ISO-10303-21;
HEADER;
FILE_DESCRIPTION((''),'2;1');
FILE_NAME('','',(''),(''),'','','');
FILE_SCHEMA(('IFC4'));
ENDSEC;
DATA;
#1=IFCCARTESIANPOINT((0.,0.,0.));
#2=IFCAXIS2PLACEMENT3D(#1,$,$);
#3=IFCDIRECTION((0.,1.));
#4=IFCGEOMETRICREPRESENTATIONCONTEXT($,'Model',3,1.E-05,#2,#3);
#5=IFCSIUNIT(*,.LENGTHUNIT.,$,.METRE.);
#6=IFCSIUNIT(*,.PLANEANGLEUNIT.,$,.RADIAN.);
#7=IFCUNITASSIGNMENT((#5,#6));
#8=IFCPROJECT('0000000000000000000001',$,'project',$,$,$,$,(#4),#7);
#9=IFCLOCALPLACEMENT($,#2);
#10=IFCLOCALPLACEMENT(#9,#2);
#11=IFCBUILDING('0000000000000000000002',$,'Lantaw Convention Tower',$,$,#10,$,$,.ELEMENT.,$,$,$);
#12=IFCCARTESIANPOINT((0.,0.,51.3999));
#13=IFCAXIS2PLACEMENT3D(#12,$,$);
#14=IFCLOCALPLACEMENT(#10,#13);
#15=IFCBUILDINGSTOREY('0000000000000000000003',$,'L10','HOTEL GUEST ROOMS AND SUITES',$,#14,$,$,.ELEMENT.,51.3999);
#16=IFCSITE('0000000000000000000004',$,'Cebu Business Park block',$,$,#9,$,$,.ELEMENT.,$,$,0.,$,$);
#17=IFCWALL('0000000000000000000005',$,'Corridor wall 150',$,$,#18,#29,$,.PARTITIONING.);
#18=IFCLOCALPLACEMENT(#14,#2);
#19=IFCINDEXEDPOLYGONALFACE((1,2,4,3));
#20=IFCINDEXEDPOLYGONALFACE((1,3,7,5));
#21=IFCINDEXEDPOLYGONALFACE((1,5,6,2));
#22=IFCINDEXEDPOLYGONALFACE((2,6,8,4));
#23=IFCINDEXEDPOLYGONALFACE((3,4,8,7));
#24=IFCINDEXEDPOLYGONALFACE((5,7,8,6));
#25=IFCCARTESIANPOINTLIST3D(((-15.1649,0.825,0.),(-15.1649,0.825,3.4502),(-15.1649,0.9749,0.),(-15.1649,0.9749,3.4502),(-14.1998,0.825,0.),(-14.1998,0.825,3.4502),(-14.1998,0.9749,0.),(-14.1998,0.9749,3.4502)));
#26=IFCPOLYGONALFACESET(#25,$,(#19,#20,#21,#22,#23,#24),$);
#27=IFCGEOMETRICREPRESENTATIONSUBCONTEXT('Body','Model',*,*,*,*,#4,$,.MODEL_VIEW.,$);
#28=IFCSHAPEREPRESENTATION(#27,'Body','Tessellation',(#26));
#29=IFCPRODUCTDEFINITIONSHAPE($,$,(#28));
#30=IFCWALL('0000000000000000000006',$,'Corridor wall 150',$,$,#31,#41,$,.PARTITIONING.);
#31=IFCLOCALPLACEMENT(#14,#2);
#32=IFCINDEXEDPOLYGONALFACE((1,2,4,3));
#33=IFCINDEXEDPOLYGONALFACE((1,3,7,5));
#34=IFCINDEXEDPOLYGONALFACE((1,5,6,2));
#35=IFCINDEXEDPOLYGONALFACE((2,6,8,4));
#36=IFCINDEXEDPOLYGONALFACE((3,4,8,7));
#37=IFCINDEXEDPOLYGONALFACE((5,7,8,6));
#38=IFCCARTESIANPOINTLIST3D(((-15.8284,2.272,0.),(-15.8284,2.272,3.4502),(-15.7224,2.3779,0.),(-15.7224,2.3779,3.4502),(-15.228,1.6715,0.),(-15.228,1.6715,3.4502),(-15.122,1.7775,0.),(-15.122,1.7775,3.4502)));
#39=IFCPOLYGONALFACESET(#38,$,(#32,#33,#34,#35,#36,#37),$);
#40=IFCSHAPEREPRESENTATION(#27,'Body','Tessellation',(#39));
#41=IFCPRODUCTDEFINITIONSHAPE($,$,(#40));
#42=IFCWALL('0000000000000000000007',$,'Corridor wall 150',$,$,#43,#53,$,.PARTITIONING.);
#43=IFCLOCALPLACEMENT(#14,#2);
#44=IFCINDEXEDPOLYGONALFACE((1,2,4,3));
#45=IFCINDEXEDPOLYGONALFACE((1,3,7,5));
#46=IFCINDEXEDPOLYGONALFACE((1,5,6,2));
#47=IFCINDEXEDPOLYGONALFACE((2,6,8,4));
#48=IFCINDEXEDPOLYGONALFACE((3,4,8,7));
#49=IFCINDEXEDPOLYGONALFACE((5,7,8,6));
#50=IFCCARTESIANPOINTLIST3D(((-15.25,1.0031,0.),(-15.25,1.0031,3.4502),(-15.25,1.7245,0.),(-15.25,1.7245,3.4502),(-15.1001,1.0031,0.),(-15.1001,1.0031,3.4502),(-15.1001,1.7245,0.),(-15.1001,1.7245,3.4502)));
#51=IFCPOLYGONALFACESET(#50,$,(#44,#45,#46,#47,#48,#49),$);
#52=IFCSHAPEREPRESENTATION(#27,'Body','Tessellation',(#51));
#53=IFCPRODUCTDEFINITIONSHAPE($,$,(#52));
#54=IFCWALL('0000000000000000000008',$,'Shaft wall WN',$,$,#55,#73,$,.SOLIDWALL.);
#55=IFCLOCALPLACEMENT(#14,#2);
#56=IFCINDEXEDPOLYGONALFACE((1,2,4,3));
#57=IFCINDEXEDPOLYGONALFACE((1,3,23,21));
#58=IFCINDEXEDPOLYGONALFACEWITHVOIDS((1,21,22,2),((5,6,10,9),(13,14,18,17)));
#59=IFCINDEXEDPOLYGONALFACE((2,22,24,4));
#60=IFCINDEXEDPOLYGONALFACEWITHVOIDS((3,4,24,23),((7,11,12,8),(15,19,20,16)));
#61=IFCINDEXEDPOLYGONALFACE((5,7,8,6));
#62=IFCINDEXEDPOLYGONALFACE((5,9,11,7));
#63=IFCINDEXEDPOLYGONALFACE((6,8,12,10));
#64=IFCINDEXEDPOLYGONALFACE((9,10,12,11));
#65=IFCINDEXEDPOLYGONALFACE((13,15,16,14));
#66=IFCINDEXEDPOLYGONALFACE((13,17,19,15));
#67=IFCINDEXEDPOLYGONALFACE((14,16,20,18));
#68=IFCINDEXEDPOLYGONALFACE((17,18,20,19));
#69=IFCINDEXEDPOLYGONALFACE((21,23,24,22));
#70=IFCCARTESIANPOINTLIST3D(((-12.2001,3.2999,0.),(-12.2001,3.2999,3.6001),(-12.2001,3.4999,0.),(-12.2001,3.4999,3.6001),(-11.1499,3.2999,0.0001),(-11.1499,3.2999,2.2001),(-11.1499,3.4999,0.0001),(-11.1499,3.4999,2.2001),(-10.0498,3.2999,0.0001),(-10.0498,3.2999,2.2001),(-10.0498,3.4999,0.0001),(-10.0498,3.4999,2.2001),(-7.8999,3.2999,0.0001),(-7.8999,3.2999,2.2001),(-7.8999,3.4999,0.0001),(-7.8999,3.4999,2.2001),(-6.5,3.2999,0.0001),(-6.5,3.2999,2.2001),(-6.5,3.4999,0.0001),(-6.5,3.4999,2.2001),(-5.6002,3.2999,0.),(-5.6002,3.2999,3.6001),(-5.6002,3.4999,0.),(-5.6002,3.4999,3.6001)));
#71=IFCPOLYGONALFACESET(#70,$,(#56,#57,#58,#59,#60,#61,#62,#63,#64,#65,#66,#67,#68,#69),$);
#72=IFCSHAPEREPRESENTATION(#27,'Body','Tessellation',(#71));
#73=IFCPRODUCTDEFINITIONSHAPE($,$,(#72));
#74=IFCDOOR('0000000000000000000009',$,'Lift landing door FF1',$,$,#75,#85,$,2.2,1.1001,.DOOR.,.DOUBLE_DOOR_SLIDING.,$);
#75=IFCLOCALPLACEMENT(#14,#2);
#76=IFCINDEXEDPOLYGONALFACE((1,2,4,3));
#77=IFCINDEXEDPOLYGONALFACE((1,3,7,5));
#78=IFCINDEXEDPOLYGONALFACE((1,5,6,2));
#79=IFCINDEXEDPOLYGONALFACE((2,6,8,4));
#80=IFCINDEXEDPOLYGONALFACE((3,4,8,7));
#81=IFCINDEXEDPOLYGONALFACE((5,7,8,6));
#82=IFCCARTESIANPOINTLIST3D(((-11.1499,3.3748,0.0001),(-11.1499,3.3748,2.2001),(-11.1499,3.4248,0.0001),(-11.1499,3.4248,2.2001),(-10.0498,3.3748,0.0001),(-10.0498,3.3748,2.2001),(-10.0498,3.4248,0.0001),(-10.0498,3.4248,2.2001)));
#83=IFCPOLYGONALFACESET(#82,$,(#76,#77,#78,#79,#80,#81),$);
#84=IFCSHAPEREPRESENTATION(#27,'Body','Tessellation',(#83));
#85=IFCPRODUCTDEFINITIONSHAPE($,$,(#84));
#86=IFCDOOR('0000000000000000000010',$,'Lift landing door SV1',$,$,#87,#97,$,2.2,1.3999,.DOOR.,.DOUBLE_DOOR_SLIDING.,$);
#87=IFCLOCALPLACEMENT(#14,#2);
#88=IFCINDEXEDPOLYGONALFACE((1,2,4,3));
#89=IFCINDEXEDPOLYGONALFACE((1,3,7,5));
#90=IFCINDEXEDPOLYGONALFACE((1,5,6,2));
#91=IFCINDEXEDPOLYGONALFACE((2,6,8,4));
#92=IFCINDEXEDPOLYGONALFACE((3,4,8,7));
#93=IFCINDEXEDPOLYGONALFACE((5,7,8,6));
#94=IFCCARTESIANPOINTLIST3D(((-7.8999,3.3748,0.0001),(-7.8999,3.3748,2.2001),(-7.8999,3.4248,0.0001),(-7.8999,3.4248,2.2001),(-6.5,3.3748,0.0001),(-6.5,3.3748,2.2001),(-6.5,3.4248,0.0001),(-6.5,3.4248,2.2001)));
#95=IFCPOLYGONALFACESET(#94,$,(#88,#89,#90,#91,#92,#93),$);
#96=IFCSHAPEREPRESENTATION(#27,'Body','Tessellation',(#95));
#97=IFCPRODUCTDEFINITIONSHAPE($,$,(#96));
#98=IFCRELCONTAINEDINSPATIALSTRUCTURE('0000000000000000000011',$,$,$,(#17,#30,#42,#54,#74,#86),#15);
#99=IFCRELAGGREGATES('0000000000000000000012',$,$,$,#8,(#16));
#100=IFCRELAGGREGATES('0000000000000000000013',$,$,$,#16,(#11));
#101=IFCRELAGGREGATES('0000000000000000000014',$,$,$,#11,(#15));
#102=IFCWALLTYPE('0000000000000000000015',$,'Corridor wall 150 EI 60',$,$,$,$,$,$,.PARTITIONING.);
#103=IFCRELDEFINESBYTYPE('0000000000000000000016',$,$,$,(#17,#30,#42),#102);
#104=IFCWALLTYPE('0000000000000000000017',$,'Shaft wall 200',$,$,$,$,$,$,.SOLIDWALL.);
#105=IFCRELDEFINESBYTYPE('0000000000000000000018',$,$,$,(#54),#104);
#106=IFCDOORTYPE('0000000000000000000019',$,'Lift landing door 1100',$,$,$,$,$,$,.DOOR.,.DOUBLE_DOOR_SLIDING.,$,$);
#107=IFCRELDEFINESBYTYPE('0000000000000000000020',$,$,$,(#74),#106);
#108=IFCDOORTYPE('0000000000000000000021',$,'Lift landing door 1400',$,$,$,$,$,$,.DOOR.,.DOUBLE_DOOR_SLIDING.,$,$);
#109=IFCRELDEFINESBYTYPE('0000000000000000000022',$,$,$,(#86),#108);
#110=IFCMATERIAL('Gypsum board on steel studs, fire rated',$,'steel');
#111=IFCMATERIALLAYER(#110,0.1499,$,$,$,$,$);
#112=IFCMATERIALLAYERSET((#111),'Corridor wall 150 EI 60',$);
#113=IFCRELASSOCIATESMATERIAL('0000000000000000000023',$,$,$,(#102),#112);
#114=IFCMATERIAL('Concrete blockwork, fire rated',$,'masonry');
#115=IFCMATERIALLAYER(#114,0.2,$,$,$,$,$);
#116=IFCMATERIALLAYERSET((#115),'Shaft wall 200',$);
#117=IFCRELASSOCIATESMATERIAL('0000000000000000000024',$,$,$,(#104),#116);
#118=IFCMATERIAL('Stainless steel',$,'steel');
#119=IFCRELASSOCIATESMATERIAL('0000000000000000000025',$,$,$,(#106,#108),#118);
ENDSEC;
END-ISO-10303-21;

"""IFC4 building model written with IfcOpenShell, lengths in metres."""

from ifc_helpers import new_model, si_unit, direction, frame, frame_2d, origin, place, context, subcontext, project, spatial, rectangle, extrude, material, layer, layer_set, type_object, element, fill, save


model = new_model("IFC4")

# Units and contexts
model_context = context("Model", 3, precision=1e-05, world=origin(), true_north=direction((0.0, 1.0)))
body_context = subcontext(model_context, "Body", "Model", "MODEL_VIEW")
ifc_project = project(units=[si_unit("LENGTHUNIT", "METRE"), si_unit("PLANEANGLEUNIT", "RADIAN")], contexts=[model_context])

# Site, building, storey
site_placement = place(None, origin())
site = spatial("IfcSite", under=ifc_project, at=site_placement, Name="Cebu Business Park block", CompositionType="ELEMENT", RefElevation=0.0)
building_placement = place(site_placement, origin())
building = spatial("IfcBuilding", under=site, at=building_placement, Name="Lantaw Convention Tower", CompositionType="ELEMENT")
storey_placement = place(building_placement, frame((0.0, 0.0, 51.3999)))
storey = spatial("IfcBuildingStorey", under=building, at=storey_placement, Name="L10", Description="HOTEL GUEST ROOMS AND SUITES", CompositionType="ELEMENT", Elevation=51.3999)

# Shared definitions
ifc_material_1 = material(Name="Gypsum board on steel studs, fire rated", Category="steel")
ifc_layer_1 = layer(ifc_material_1, 0.1499)
ifc_layer_set_1 = layer_set([ifc_layer_1], Name="Corridor wall 150 EI 60")
wall_type_1 = type_object("IfcWallType", Name="Corridor wall 150 EI 60", PredefinedType="PARTITIONING", material=ifc_layer_set_1)

# Walls
wall_1_placement = place(storey_placement, frame((-14.2, 0.8999, 0.0), z_axis=(0.0, 0.0, 1.0), x_axis=(-1.0, 0.0, 0.0)))
element("IfcWall", 1, at=wall_1_placement, inside=storey, type_object=wall_type_1, Name="Corridor wall 150", PredefinedType="PARTITIONING", context=body_context, shape_type="SweptSolid", body=[
    extrude(rectangle(XDim=0.9651, YDim=0.1499, at=frame_2d((0.4824, 0.0))), origin(), (0.0, 0.0, 1.0), 3.4502),
])
wall_2_placement = place(storey_placement, frame((-15.7754, 2.325, 0.0), z_axis=(0.0, 0.0, 1.0), x_axis=(0.707107, -0.707107, 0.0)))
element("IfcWall", 2, at=wall_2_placement, inside=storey, type_object=wall_type_1, Name="Corridor wall 150", PredefinedType="PARTITIONING", context=body_context, shape_type="SweptSolid", body=[
    extrude(rectangle(XDim=0.8491, YDim=0.1499, at=frame_2d((0.4246, 0.0))), origin(), (0.0, 0.0, 1.0), 3.4502),
])
wall_3_placement = place(storey_placement, frame((-15.175, 1.7246, 0.0), z_axis=(0.0, 0.0, 1.0), x_axis=(0.0, -1.0, 0.0)))
element("IfcWall", 3, at=wall_3_placement, inside=storey, type_object=wall_type_1, Name="Corridor wall 150", PredefinedType="PARTITIONING", context=body_context, shape_type="SweptSolid", body=[
    extrude(rectangle(XDim=0.7214, YDim=0.1499, at=frame_2d((0.3608, 0.0))), origin(), (0.0, 0.0, 1.0), 3.4502),
])

# Wall, openings, doors
ifc_material_2 = material(Name="Concrete blockwork, fire rated", Category="masonry")
ifc_layer_2 = layer(ifc_material_2, 0.2)
ifc_layer_set_2 = layer_set([ifc_layer_2], Name="Shaft wall 200")
wall_type_2 = type_object("IfcWallType", Name="Shaft wall 200", PredefinedType="SOLIDWALL", material=ifc_layer_set_2)
wall_4_placement = place(storey_placement, frame((-12.2, 3.3999, 0.0), z_axis=(0.0, 0.0, 1.0), x_axis=(1.0, 0.0, 0.0)))
wall_4 = element("IfcWall", 4, at=wall_4_placement, inside=storey, type_object=wall_type_2, Name="Shaft wall WN", PredefinedType="SOLIDWALL", context=body_context, shape_type="SweptSolid", body=[
    extrude(rectangle(XDim=6.5999, YDim=0.2, at=frame_2d((3.2998, 0.0))), origin(), (0.0, 0.0, 1.0), 3.6001),
])
opening_1_placement = place(wall_4_placement, frame((1.05, 0.0, 0.0)))
opening_1 = element("IfcOpeningElement", 5, at=opening_1_placement, cuts=wall_4, PredefinedType="OPENING", context=body_context, shape_type="SweptSolid", body=[
    extrude(rectangle(XDim=1.1001, YDim=2.2, at=frame_2d((0.55, 1.1001))), frame((0.0, 0.1099, 0.0), z_axis=(0.0, -1.0, 0.0), x_axis=(1.0, 0.0, 0.0)), (0.0, 0.0, 1.0), 0.22),
])
opening_2_placement = place(wall_4_placement, frame((4.3, 0.0, 0.0)))
opening_2 = element("IfcOpeningElement", 6, at=opening_2_placement, cuts=wall_4, PredefinedType="OPENING", context=body_context, shape_type="SweptSolid", body=[
    extrude(rectangle(XDim=1.3999, YDim=2.2, at=frame_2d((0.7, 1.1001))), frame((0.0, 0.1099, 0.0), z_axis=(0.0, -1.0, 0.0), x_axis=(1.0, 0.0, 0.0)), (0.0, 0.0, 1.0), 0.22),
])
ifc_material_3 = material(Name="Stainless steel", Category="steel")
door_type_1 = type_object("IfcDoorType", Name="Lift landing door 1100", OperationType="DOUBLE_DOOR_SLIDING", PredefinedType="DOOR", material=ifc_material_3)
door_1_placement = place(opening_1_placement, origin())
door_1 = element("IfcDoor", 7, at=door_1_placement, inside=storey, type_object=door_type_1, Name="Lift landing door FF1", OperationType="DOUBLE_DOOR_SLIDING", OverallHeight=2.2, OverallWidth=1.1001, PredefinedType="DOOR", context=body_context, shape_type="SweptSolid", body=[
    extrude(rectangle(XDim=1.1001, YDim=2.2, at=frame_2d((0.55, 1.1001))), frame((0.0, 0.0249, 0.0), z_axis=(0.0, -1.0, 0.0), x_axis=(1.0, 0.0, 0.0)), (0.0, 0.0, 1.0), 0.05),
])
fill(opening_1, door_1)
door_type_2 = type_object("IfcDoorType", Name="Lift landing door 1400", OperationType="DOUBLE_DOOR_SLIDING", PredefinedType="DOOR", material=ifc_material_3)
door_2_placement = place(opening_2_placement, origin())
door_2 = element("IfcDoor", 8, at=door_2_placement, inside=storey, type_object=door_type_2, Name="Lift landing door SV1", OperationType="DOUBLE_DOOR_SLIDING", OverallHeight=2.2, OverallWidth=1.3999, PredefinedType="DOOR", context=body_context, shape_type="SweptSolid", body=[
    extrude(rectangle(XDim=1.3999, YDim=2.2, at=frame_2d((0.7, 1.1001))), frame((0.0, 0.0249, 0.0), z_axis=(0.0, -1.0, 0.0), x_axis=(1.0, 0.0, 0.0)), (0.0, 0.0, 1.0), 0.05),
])
fill(opening_2, door_2)

save(model, "model.ifc")
